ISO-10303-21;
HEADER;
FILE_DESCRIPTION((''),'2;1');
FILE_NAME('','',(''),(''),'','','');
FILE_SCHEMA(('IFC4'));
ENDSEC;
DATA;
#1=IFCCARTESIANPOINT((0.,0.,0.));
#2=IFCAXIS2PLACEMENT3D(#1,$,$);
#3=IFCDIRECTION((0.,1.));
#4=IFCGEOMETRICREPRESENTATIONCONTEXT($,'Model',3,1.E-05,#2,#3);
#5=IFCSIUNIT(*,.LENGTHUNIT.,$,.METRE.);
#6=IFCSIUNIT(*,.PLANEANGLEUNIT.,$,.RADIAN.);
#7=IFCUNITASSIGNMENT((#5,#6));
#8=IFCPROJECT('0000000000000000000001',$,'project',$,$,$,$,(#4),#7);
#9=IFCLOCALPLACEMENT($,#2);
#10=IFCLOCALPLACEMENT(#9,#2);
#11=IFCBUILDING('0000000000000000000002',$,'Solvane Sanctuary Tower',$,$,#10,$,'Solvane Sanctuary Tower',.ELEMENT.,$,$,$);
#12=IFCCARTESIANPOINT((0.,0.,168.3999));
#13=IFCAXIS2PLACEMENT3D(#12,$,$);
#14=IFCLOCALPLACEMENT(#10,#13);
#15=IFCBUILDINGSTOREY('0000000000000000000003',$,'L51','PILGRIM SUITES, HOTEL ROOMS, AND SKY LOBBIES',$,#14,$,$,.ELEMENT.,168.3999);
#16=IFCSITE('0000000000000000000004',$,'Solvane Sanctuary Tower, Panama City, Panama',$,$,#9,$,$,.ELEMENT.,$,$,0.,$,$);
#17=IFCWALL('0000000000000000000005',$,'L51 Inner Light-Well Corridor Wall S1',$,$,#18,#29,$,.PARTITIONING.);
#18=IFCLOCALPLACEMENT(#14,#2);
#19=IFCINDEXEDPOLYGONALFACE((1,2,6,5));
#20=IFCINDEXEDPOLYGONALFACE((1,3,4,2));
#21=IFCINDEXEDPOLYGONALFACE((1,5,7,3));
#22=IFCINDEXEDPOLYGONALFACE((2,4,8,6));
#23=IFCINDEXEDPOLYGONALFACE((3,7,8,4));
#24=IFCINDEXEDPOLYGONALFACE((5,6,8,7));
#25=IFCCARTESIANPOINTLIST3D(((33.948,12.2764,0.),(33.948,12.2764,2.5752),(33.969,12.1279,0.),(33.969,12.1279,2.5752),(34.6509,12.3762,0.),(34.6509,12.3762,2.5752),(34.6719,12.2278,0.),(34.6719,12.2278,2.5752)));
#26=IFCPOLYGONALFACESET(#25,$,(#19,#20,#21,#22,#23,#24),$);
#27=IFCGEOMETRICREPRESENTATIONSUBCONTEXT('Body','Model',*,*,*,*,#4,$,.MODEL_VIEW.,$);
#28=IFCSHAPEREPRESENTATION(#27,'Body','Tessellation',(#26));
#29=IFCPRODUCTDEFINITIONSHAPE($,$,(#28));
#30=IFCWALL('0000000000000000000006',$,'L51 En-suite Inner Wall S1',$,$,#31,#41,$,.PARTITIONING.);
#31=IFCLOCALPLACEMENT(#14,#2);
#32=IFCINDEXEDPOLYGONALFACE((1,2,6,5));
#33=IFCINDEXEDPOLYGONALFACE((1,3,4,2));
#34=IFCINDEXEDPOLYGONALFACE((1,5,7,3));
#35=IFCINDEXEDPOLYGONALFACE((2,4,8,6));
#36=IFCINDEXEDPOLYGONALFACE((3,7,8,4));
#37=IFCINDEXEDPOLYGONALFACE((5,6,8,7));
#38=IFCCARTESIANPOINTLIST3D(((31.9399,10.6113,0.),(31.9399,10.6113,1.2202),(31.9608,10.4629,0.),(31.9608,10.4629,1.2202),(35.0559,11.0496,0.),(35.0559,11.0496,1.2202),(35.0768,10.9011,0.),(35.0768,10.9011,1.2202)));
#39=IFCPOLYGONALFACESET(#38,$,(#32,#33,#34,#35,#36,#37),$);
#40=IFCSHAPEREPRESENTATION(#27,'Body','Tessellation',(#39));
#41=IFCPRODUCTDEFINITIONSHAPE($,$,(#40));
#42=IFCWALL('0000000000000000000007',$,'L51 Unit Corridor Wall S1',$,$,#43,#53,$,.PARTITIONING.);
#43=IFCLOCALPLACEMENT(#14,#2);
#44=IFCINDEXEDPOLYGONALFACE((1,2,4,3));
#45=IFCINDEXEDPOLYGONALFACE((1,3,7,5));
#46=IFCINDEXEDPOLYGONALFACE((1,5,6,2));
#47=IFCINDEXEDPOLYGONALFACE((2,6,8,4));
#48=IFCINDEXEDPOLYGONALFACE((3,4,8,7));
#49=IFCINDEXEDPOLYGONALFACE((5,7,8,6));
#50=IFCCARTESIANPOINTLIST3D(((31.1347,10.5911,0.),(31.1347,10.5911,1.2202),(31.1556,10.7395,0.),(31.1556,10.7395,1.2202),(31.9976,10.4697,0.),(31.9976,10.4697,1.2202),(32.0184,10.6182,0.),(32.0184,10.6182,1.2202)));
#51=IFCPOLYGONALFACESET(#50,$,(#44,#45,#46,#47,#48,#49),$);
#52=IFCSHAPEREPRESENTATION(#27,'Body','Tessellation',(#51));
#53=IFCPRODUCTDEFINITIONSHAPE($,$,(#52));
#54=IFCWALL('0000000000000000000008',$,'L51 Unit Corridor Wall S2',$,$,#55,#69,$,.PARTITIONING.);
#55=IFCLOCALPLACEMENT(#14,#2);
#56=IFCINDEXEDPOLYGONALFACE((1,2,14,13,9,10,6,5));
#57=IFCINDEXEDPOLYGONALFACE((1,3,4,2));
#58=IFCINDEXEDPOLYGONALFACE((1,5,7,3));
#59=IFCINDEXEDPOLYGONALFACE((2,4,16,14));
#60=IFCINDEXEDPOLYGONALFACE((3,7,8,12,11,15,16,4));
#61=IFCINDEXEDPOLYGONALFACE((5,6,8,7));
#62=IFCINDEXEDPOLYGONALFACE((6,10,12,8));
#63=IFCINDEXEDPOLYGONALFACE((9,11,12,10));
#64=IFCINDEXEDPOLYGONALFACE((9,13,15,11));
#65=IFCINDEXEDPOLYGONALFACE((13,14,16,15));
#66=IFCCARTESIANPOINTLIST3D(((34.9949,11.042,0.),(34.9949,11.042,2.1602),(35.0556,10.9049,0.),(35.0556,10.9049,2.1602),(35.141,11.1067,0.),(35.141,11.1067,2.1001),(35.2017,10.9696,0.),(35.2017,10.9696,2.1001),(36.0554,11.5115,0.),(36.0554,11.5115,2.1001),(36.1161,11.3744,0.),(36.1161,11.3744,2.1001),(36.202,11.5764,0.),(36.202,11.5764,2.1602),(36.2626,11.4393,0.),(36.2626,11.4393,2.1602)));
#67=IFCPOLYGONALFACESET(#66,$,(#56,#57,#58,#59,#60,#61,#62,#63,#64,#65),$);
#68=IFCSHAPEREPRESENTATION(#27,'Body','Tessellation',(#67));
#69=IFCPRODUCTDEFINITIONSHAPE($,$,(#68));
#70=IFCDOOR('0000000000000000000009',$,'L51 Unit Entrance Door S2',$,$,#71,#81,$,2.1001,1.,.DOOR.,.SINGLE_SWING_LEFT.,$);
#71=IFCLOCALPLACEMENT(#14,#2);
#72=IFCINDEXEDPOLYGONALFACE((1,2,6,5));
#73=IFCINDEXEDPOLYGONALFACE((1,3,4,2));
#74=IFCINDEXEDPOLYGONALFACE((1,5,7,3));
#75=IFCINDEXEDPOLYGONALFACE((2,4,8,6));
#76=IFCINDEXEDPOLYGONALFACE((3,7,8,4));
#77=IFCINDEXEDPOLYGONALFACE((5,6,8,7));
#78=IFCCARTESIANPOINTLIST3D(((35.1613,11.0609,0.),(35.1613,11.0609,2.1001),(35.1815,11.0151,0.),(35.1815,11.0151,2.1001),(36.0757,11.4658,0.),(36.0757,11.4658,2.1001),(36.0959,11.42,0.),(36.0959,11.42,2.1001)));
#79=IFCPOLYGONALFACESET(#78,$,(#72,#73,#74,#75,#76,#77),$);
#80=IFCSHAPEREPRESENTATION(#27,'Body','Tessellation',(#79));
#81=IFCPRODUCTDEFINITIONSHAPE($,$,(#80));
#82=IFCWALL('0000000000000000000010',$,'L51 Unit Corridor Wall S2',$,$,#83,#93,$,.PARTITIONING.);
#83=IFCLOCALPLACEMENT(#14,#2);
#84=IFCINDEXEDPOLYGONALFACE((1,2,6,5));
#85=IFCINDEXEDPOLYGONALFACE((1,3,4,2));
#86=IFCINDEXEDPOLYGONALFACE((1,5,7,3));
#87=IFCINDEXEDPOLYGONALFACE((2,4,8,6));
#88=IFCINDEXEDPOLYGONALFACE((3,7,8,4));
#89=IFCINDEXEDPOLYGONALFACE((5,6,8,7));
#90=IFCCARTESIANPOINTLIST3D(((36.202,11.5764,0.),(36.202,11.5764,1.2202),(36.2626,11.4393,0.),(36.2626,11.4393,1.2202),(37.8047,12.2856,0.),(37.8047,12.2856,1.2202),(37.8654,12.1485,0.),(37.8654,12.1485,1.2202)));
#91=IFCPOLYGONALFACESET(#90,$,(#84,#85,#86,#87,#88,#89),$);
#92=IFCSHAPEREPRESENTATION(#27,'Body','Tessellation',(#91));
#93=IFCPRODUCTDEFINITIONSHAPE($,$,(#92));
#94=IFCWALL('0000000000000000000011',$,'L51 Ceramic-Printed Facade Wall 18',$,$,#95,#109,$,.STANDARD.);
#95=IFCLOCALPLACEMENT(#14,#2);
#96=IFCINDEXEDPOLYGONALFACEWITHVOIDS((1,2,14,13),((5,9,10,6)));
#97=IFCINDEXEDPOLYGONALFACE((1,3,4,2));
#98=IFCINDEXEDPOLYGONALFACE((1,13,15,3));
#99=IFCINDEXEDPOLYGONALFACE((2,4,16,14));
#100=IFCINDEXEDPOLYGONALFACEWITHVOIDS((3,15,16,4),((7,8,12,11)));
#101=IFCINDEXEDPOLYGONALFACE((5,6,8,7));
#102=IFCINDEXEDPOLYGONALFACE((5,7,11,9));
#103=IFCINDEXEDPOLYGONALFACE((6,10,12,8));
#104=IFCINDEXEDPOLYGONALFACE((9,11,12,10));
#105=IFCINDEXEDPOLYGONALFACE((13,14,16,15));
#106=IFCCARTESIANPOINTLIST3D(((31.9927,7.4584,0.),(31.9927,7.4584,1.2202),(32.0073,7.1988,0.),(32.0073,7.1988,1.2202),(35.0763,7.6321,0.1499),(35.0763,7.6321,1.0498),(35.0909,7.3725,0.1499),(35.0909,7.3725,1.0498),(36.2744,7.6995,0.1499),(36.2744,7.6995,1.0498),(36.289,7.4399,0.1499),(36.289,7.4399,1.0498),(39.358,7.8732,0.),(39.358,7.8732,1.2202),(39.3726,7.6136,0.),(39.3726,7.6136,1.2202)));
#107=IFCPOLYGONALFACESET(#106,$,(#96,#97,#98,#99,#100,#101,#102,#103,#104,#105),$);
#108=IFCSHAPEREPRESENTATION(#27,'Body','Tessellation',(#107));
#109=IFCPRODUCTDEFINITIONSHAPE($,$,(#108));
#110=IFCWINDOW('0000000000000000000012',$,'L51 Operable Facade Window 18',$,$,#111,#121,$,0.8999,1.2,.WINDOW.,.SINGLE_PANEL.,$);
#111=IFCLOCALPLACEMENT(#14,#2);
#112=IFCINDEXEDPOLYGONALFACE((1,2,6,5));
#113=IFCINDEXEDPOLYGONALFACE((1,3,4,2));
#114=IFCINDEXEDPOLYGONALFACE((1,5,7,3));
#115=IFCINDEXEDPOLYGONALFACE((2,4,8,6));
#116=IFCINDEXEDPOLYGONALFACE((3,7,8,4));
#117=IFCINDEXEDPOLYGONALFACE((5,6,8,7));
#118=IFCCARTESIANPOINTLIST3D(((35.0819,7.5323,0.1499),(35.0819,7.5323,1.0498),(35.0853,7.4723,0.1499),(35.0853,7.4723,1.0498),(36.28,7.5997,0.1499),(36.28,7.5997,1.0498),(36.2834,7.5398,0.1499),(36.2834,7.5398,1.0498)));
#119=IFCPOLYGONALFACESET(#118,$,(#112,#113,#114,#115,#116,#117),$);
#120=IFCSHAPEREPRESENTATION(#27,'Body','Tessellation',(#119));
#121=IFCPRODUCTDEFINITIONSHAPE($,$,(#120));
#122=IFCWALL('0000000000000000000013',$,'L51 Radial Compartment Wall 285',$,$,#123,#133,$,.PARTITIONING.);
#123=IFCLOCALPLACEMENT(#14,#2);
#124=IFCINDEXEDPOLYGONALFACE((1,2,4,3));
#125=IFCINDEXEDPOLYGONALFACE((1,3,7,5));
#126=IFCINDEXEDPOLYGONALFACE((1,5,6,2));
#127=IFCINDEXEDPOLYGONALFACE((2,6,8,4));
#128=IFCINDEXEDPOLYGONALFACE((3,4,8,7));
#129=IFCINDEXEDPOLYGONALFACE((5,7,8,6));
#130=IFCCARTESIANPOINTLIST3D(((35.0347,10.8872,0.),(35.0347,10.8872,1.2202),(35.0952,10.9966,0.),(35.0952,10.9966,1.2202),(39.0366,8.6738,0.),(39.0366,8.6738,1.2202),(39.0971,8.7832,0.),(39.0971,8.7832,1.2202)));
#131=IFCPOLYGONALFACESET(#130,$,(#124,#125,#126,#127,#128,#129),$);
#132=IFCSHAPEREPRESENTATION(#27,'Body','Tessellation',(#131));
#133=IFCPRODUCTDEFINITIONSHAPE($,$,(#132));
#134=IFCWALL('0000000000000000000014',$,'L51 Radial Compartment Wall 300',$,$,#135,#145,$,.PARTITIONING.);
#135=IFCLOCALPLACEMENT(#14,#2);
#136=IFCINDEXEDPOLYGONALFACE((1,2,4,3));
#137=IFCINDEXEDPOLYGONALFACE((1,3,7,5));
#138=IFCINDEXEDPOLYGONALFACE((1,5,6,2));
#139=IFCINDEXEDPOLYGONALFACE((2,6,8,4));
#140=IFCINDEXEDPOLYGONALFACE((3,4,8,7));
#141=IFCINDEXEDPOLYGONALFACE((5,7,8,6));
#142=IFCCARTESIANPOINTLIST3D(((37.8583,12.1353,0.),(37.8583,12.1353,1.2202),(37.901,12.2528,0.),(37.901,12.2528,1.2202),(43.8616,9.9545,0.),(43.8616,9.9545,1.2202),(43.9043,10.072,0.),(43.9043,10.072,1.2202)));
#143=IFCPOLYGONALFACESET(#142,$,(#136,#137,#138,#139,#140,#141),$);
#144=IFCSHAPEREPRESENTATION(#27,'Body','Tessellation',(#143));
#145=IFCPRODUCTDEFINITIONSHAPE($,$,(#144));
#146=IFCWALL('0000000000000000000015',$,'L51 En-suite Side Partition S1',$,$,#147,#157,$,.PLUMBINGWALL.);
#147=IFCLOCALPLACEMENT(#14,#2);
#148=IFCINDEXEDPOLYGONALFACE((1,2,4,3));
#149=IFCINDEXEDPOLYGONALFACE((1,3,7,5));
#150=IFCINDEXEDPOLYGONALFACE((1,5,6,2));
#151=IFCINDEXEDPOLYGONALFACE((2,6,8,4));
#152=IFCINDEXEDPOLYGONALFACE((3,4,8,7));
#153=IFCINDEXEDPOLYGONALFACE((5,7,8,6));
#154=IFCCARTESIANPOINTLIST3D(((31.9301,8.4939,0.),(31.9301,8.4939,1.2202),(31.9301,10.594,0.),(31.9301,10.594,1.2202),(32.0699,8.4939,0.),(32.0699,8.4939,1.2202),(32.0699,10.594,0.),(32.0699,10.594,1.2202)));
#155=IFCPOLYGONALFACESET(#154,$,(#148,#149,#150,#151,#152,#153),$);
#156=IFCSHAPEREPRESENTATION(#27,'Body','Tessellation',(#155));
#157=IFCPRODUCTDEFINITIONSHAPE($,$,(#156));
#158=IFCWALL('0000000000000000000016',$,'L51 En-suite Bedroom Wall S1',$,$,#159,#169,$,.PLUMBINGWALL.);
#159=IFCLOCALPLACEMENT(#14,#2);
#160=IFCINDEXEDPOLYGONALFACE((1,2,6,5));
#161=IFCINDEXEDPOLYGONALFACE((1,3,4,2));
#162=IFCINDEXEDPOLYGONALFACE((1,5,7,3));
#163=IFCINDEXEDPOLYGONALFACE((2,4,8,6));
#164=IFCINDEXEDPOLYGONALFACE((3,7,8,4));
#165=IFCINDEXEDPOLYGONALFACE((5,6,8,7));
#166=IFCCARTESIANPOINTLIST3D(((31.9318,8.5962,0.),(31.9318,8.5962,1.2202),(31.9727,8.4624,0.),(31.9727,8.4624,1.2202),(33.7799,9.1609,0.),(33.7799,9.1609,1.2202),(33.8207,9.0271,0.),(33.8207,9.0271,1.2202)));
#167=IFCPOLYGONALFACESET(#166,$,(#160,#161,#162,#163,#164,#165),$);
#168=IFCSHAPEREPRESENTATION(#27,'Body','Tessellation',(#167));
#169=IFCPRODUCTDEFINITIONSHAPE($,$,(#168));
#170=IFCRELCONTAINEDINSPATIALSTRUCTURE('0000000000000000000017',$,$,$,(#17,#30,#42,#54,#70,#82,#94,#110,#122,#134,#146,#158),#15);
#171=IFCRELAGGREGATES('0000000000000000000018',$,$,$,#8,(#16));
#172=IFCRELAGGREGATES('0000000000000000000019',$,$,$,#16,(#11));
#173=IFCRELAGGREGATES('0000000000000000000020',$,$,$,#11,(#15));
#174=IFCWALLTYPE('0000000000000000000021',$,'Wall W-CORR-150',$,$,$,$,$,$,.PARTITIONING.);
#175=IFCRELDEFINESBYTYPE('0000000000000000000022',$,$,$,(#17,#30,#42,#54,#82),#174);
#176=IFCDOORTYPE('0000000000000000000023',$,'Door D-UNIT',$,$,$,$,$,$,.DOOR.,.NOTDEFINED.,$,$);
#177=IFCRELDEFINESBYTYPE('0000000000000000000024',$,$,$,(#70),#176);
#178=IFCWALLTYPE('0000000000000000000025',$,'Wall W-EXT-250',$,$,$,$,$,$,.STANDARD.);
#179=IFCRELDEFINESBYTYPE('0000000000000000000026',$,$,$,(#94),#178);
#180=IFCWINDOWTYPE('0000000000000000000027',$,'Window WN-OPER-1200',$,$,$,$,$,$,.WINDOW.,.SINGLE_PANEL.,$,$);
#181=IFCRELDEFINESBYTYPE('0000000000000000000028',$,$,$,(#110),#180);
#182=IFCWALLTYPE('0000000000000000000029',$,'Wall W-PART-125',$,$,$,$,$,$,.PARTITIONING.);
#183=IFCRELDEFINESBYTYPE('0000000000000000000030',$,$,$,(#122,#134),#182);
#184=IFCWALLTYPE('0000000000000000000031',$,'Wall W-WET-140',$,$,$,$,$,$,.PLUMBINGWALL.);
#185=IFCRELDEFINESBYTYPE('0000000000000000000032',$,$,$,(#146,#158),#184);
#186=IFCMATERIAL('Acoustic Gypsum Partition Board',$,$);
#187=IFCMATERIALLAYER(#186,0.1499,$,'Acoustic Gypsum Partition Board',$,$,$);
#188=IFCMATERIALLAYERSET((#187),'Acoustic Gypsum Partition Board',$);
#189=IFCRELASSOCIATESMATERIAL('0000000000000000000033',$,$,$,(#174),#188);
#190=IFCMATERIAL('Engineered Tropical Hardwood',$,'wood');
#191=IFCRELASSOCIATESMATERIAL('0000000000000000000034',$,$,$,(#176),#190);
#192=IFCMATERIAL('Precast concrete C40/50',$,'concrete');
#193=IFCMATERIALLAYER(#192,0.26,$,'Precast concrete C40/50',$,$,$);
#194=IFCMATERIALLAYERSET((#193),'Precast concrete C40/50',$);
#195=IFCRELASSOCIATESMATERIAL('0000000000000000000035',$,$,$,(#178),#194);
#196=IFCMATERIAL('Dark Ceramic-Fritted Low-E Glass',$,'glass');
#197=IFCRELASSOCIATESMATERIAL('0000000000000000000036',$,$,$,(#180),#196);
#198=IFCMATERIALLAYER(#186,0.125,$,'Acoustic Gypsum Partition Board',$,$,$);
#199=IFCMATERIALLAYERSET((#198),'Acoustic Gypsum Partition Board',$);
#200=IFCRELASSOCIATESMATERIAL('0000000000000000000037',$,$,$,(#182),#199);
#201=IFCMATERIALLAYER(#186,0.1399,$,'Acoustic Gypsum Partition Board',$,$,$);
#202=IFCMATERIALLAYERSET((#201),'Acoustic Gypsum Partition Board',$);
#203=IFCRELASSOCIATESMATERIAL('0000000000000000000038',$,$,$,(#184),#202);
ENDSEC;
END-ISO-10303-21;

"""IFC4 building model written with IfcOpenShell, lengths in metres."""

from ifc_helpers import new_model, si_unit, direction, frame, frame_2d, origin, place, context, subcontext, project, spatial, rectangle, extrude, material, layer, layer_set, type_object, element, fill, save


model = new_model("IFC4")

# Units and contexts
model_context = context("Model", 3, precision=1e-05, world=origin(), true_north=direction((0.0, 1.0)))
body_context = subcontext(model_context, "Body", "Model", "MODEL_VIEW")
ifc_project = project(units=[si_unit("LENGTHUNIT", "METRE"), si_unit("PLANEANGLEUNIT", "RADIAN")], contexts=[model_context])

# Site, building, storey
site_placement = place(None, origin())
site = spatial("IfcSite", under=ifc_project, at=site_placement, Name="Solvane Sanctuary Tower, Panama City, Panama", CompositionType="ELEMENT", RefElevation=0.0)
building_placement = place(site_placement, origin())
building = spatial("IfcBuilding", under=site, at=building_placement, Name="Solvane Sanctuary Tower", LongName="Solvane Sanctuary Tower", CompositionType="ELEMENT")
storey_placement = place(building_placement, frame((0.0, 0.0, 168.3999)))
storey = spatial("IfcBuildingStorey", under=building, at=storey_placement, Name="L51", Description="PILGRIM SUITES, HOTEL ROOMS, AND SKY LOBBIES", CompositionType="ELEMENT", Elevation=168.3999)

# Shared definitions
ifc_material_1 = material(Name="Acoustic Gypsum Partition Board")
ifc_layer_1 = layer(ifc_material_1, 0.1499, Name="Acoustic Gypsum Partition Board")
ifc_layer_set_1 = layer_set([ifc_layer_1], Name="Acoustic Gypsum Partition Board")
wall_type_1 = type_object("IfcWallType", Name="Wall W-CORR-150", PredefinedType="PARTITIONING", material=ifc_layer_set_1)

# Shared definitions
ifc_material_2 = material(Name="Engineered Tropical Hardwood", Category="wood")

# Walls
wall_1_placement = place(storey_placement, frame((33.9585, 12.2021, 0.0), z_axis=(0.0, 0.0, 1.0), x_axis=(0.990059, 0.140651, 0.0)))
element("IfcWall", 1, at=wall_1_placement, inside=storey, type_object=wall_type_1, Name="L51 Inner Light-Well Corridor Wall S1", PredefinedType="PARTITIONING", context=body_context, shape_type="SweptSolid", body=[
    extrude(rectangle(XDim=0.71, YDim=0.1499, at=frame_2d((0.355, 0.0))), origin(), (0.0, 0.0, 1.0), 2.5752),
])
wall_2_placement = place(storey_placement, frame((31.9504, 10.5371, 0.0), z_axis=(0.0, 0.0, 1.0), x_axis=(0.990254, 0.13927, 0.0)))
element("IfcWall", 2, at=wall_2_placement, inside=storey, type_object=wall_type_1, Name="L51 En-suite Inner Wall S1", PredefinedType="PARTITIONING", context=body_context, shape_type="SweptSolid", body=[
    extrude(rectangle(XDim=3.1467, YDim=0.1499, at=frame_2d((1.5732, 0.0))), origin(), (0.0, 0.0, 1.0), 1.2202),
])
wall_3_placement = place(storey_placement, frame((31.1453, 10.6653, 0.0), z_axis=(0.0, 0.0, 1.0), x_axis=(0.990255, -0.139263, 0.0)))
element("IfcWall", 3, at=wall_3_placement, inside=storey, type_object=wall_type_1, Name="L51 Unit Corridor Wall S1", PredefinedType="PARTITIONING", context=body_context, shape_type="SweptSolid", body=[
    extrude(rectangle(XDim=0.8713, YDim=0.1499, at=frame_2d((0.4355, 0.0))), origin(), (0.0, 0.0, 1.0), 1.2202),
])

# Wall, opening, door
wall_4_placement = place(storey_placement, frame((35.0251, 10.9734, 0.0), z_axis=(0.0, 0.0, 1.0), x_axis=(0.914383, 0.404851, 0.0)))
wall_4 = element("IfcWall", 4, at=wall_4_placement, inside=storey, type_object=wall_type_1, Name="L51 Unit Corridor Wall S2", PredefinedType="PARTITIONING", context=body_context, shape_type="SweptSolid", body=[
    extrude(rectangle(XDim=1.3201, YDim=0.1499, at=frame_2d((0.6602, 0.0))), origin(), (0.0, 0.0, 1.0), 2.1602),
])
opening_1_placement = place(wall_4_placement, frame((0.1599, 0.0, 0.0)))
opening_1 = element("IfcOpeningElement", 5, at=opening_1_placement, cuts=wall_4, PredefinedType="OPENING", context=body_context, shape_type="SweptSolid", body=[
    extrude(rectangle(XDim=1.0, YDim=2.1001, at=frame_2d((0.5, 1.05))), frame((0.0, 0.085, 0.0), z_axis=(0.0, -1.0, 0.0), x_axis=(1.0, 0.0, 0.0)), (0.0, 0.0, 1.0), 0.1699),
])
door_type_1 = type_object("IfcDoorType", Name="Door D-UNIT", OperationType="NOTDEFINED", PredefinedType="DOOR", material=ifc_material_2)
door_1_placement = place(opening_1_placement, origin())
door_1 = element("IfcDoor", 6, at=door_1_placement, inside=storey, type_object=door_type_1, Name="L51 Unit Entrance Door S2", OperationType="SINGLE_SWING_LEFT", OverallHeight=2.1001, OverallWidth=1.0, PredefinedType="DOOR", context=body_context, shape_type="SweptSolid", body=[
    extrude(rectangle(XDim=1.0, YDim=2.1001, at=frame_2d((0.5, 1.05))), frame((0.0, 0.0249, 0.0), z_axis=(0.0, -1.0, 0.0), x_axis=(1.0, 0.0, 0.0)), (0.0, 0.0, 1.0), 0.05),
])
fill(opening_1, door_1)

# Wall
wall_5_placement = place(storey_placement, frame((36.2322, 11.5078, 0.0), z_axis=(0.0, 0.0, 1.0), x_axis=(0.914471, 0.404652, 0.0)))
element("IfcWall", 7, at=wall_5_placement, inside=storey, type_object=wall_type_1, Name="L51 Unit Corridor Wall S2", PredefinedType="PARTITIONING", context=body_context, shape_type="SweptSolid", body=[
    extrude(rectangle(XDim=1.7527, YDim=0.1499, at=frame_2d((0.8765, 0.0))), origin(), (0.0, 0.0, 1.0), 1.2202),
])

# Wall, opening, window
ifc_material_3 = material(Name="Precast concrete C40/50", Category="concrete")
ifc_layer_2 = layer(ifc_material_3, 0.26, Name="Precast concrete C40/50")
ifc_layer_set_2 = layer_set([ifc_layer_2], Name="Precast concrete C40/50")
wall_type_2 = type_object("IfcWallType", Name="Wall W-EXT-250", PredefinedType="STANDARD", material=ifc_layer_set_2)
wall_6_placement = place(storey_placement, frame((32.0, 7.3286, 0.0), z_axis=(0.0, 0.0, 1.0), x_axis=(0.998418, 0.056229, 0.0)))
wall_6 = element("IfcWall", 8, at=wall_6_placement, inside=storey, type_object=wall_type_2, Name="L51 Ceramic-Printed Facade Wall 18", PredefinedType="STANDARD", context=body_context, shape_type="SweptSolid", body=[
    extrude(rectangle(XDim=7.377, YDim=0.26, at=frame_2d((3.6885, 0.0))), origin(), (0.0, 0.0, 1.0), 1.2202),
])
opening_2_placement = place(wall_6_placement, frame((3.0884, 0.0, 0.1499)))
opening_2 = element("IfcOpeningElement", 9, at=opening_2_placement, cuts=wall_6, PredefinedType="OPENING", context=body_context, shape_type="SweptSolid", body=[
    extrude(rectangle(XDim=1.2, YDim=0.8999, at=frame_2d((0.6001, 0.45))), frame((0.0, 0.1399, 0.0), z_axis=(0.0, -1.0, 0.0), x_axis=(1.0, 0.0, 0.0)), (0.0, 0.0, 1.0), 0.28),
])
ifc_material_4 = material(Name="Dark Ceramic-Fritted Low-E Glass", Category="glass")
window_type = type_object("IfcWindowType", Name="Window WN-OPER-1200", PartitioningType="SINGLE_PANEL", PredefinedType="WINDOW", material=ifc_material_4)
window_placement = place(opening_2_placement, origin())
window = element("IfcWindow", 10, at=window_placement, inside=storey, type_object=window_type, Name="L51 Operable Facade Window 18", OverallHeight=0.8999, OverallWidth=1.2, PartitioningType="SINGLE_PANEL", PredefinedType="WINDOW", context=body_context, shape_type="SweptSolid", body=[
    extrude(rectangle(XDim=1.2, YDim=0.8999, at=frame_2d((0.6001, 0.45))), frame((0.0, 0.03, 0.0), z_axis=(0.0, -1.0, 0.0), x_axis=(1.0, 0.0, 0.0)), (0.0, 0.0, 1.0), 0.0601),
])
fill(opening_2, window)

# Walls
ifc_layer_3 = layer(ifc_material_1, 0.125, Name="Acoustic Gypsum Partition Board")
ifc_layer_set_3 = layer_set([ifc_layer_3], Name="Acoustic Gypsum Partition Board")
wall_type_3 = type_object("IfcWallType", Name="Wall W-PART-125", PredefinedType="PARTITIONING", material=ifc_layer_set_3)
wall_7_placement = place(storey_placement, frame((35.0649, 10.9419, 0.0), z_axis=(0.0, 0.0, 1.0), x_axis=(0.875077, -0.483983, 0.0)))
element("IfcWall", 11, at=wall_7_placement, inside=storey, type_object=wall_type_3, Name="L51 Radial Compartment Wall 285", PredefinedType="PARTITIONING", context=body_context, shape_type="SweptSolid", body=[
    extrude(rectangle(XDim=4.5732, YDim=0.125, at=frame_2d((2.2866, 0.0))), origin(), (0.0, 0.0, 1.0), 1.2202),
])
wall_8_placement = place(storey_placement, frame((37.8796, 12.1941, 0.0), z_axis=(0.0, 0.0, 1.0), x_axis=(0.939902, -0.341445, 0.0)))
element("IfcWall", 12, at=wall_8_placement, inside=storey, type_object=wall_type_3, Name="L51 Radial Compartment Wall 300", PredefinedType="PARTITIONING", context=body_context, shape_type="SweptSolid", body=[
    extrude(rectangle(XDim=6.3872, YDim=0.125, at=frame_2d((3.1936, 0.0))), origin(), (0.0, 0.0, 1.0), 1.2202),
])
ifc_layer_4 = layer(ifc_material_1, 0.1399, Name="Acoustic Gypsum Partition Board")
ifc_layer_set_4 = layer_set([ifc_layer_4], Name="Acoustic Gypsum Partition Board")
wall_type_4 = type_object("IfcWallType", Name="Wall W-WET-140", PredefinedType="PLUMBINGWALL", material=ifc_layer_set_4)
wall_9_placement = place(storey_placement, frame((32.0, 10.594, 0.0), z_axis=(0.0, 0.0, 1.0), x_axis=(0.0, -1.0, 0.0)))
element("IfcWall", 13, at=wall_9_placement, inside=storey, type_object=wall_type_4, Name="L51 En-suite Side Partition S1", PredefinedType="PLUMBINGWALL", context=body_context, shape_type="SweptSolid", body=[
    extrude(rectangle(XDim=2.1001, YDim=0.1399, at=frame_2d((1.05, 0.0))), origin(), (0.0, 0.0, 1.0), 1.2202),
])
wall_10_placement = place(storey_placement, frame((31.9521, 8.5293, 0.0), z_axis=(0.0, 0.0, 1.0), x_axis=(0.956354, 0.292212, 0.0)))
element("IfcWall", 14, at=wall_10_placement, inside=storey, type_object=wall_type_4, Name="L51 En-suite Bedroom Wall S1", PredefinedType="PLUMBINGWALL", context=body_context, shape_type="SweptSolid", body=[
    extrude(rectangle(XDim=1.9324, YDim=0.1399, at=frame_2d((0.9663, 0.0))), origin(), (0.0, 0.0, 1.0), 1.2202),
])

save(model, "model.ifc")
